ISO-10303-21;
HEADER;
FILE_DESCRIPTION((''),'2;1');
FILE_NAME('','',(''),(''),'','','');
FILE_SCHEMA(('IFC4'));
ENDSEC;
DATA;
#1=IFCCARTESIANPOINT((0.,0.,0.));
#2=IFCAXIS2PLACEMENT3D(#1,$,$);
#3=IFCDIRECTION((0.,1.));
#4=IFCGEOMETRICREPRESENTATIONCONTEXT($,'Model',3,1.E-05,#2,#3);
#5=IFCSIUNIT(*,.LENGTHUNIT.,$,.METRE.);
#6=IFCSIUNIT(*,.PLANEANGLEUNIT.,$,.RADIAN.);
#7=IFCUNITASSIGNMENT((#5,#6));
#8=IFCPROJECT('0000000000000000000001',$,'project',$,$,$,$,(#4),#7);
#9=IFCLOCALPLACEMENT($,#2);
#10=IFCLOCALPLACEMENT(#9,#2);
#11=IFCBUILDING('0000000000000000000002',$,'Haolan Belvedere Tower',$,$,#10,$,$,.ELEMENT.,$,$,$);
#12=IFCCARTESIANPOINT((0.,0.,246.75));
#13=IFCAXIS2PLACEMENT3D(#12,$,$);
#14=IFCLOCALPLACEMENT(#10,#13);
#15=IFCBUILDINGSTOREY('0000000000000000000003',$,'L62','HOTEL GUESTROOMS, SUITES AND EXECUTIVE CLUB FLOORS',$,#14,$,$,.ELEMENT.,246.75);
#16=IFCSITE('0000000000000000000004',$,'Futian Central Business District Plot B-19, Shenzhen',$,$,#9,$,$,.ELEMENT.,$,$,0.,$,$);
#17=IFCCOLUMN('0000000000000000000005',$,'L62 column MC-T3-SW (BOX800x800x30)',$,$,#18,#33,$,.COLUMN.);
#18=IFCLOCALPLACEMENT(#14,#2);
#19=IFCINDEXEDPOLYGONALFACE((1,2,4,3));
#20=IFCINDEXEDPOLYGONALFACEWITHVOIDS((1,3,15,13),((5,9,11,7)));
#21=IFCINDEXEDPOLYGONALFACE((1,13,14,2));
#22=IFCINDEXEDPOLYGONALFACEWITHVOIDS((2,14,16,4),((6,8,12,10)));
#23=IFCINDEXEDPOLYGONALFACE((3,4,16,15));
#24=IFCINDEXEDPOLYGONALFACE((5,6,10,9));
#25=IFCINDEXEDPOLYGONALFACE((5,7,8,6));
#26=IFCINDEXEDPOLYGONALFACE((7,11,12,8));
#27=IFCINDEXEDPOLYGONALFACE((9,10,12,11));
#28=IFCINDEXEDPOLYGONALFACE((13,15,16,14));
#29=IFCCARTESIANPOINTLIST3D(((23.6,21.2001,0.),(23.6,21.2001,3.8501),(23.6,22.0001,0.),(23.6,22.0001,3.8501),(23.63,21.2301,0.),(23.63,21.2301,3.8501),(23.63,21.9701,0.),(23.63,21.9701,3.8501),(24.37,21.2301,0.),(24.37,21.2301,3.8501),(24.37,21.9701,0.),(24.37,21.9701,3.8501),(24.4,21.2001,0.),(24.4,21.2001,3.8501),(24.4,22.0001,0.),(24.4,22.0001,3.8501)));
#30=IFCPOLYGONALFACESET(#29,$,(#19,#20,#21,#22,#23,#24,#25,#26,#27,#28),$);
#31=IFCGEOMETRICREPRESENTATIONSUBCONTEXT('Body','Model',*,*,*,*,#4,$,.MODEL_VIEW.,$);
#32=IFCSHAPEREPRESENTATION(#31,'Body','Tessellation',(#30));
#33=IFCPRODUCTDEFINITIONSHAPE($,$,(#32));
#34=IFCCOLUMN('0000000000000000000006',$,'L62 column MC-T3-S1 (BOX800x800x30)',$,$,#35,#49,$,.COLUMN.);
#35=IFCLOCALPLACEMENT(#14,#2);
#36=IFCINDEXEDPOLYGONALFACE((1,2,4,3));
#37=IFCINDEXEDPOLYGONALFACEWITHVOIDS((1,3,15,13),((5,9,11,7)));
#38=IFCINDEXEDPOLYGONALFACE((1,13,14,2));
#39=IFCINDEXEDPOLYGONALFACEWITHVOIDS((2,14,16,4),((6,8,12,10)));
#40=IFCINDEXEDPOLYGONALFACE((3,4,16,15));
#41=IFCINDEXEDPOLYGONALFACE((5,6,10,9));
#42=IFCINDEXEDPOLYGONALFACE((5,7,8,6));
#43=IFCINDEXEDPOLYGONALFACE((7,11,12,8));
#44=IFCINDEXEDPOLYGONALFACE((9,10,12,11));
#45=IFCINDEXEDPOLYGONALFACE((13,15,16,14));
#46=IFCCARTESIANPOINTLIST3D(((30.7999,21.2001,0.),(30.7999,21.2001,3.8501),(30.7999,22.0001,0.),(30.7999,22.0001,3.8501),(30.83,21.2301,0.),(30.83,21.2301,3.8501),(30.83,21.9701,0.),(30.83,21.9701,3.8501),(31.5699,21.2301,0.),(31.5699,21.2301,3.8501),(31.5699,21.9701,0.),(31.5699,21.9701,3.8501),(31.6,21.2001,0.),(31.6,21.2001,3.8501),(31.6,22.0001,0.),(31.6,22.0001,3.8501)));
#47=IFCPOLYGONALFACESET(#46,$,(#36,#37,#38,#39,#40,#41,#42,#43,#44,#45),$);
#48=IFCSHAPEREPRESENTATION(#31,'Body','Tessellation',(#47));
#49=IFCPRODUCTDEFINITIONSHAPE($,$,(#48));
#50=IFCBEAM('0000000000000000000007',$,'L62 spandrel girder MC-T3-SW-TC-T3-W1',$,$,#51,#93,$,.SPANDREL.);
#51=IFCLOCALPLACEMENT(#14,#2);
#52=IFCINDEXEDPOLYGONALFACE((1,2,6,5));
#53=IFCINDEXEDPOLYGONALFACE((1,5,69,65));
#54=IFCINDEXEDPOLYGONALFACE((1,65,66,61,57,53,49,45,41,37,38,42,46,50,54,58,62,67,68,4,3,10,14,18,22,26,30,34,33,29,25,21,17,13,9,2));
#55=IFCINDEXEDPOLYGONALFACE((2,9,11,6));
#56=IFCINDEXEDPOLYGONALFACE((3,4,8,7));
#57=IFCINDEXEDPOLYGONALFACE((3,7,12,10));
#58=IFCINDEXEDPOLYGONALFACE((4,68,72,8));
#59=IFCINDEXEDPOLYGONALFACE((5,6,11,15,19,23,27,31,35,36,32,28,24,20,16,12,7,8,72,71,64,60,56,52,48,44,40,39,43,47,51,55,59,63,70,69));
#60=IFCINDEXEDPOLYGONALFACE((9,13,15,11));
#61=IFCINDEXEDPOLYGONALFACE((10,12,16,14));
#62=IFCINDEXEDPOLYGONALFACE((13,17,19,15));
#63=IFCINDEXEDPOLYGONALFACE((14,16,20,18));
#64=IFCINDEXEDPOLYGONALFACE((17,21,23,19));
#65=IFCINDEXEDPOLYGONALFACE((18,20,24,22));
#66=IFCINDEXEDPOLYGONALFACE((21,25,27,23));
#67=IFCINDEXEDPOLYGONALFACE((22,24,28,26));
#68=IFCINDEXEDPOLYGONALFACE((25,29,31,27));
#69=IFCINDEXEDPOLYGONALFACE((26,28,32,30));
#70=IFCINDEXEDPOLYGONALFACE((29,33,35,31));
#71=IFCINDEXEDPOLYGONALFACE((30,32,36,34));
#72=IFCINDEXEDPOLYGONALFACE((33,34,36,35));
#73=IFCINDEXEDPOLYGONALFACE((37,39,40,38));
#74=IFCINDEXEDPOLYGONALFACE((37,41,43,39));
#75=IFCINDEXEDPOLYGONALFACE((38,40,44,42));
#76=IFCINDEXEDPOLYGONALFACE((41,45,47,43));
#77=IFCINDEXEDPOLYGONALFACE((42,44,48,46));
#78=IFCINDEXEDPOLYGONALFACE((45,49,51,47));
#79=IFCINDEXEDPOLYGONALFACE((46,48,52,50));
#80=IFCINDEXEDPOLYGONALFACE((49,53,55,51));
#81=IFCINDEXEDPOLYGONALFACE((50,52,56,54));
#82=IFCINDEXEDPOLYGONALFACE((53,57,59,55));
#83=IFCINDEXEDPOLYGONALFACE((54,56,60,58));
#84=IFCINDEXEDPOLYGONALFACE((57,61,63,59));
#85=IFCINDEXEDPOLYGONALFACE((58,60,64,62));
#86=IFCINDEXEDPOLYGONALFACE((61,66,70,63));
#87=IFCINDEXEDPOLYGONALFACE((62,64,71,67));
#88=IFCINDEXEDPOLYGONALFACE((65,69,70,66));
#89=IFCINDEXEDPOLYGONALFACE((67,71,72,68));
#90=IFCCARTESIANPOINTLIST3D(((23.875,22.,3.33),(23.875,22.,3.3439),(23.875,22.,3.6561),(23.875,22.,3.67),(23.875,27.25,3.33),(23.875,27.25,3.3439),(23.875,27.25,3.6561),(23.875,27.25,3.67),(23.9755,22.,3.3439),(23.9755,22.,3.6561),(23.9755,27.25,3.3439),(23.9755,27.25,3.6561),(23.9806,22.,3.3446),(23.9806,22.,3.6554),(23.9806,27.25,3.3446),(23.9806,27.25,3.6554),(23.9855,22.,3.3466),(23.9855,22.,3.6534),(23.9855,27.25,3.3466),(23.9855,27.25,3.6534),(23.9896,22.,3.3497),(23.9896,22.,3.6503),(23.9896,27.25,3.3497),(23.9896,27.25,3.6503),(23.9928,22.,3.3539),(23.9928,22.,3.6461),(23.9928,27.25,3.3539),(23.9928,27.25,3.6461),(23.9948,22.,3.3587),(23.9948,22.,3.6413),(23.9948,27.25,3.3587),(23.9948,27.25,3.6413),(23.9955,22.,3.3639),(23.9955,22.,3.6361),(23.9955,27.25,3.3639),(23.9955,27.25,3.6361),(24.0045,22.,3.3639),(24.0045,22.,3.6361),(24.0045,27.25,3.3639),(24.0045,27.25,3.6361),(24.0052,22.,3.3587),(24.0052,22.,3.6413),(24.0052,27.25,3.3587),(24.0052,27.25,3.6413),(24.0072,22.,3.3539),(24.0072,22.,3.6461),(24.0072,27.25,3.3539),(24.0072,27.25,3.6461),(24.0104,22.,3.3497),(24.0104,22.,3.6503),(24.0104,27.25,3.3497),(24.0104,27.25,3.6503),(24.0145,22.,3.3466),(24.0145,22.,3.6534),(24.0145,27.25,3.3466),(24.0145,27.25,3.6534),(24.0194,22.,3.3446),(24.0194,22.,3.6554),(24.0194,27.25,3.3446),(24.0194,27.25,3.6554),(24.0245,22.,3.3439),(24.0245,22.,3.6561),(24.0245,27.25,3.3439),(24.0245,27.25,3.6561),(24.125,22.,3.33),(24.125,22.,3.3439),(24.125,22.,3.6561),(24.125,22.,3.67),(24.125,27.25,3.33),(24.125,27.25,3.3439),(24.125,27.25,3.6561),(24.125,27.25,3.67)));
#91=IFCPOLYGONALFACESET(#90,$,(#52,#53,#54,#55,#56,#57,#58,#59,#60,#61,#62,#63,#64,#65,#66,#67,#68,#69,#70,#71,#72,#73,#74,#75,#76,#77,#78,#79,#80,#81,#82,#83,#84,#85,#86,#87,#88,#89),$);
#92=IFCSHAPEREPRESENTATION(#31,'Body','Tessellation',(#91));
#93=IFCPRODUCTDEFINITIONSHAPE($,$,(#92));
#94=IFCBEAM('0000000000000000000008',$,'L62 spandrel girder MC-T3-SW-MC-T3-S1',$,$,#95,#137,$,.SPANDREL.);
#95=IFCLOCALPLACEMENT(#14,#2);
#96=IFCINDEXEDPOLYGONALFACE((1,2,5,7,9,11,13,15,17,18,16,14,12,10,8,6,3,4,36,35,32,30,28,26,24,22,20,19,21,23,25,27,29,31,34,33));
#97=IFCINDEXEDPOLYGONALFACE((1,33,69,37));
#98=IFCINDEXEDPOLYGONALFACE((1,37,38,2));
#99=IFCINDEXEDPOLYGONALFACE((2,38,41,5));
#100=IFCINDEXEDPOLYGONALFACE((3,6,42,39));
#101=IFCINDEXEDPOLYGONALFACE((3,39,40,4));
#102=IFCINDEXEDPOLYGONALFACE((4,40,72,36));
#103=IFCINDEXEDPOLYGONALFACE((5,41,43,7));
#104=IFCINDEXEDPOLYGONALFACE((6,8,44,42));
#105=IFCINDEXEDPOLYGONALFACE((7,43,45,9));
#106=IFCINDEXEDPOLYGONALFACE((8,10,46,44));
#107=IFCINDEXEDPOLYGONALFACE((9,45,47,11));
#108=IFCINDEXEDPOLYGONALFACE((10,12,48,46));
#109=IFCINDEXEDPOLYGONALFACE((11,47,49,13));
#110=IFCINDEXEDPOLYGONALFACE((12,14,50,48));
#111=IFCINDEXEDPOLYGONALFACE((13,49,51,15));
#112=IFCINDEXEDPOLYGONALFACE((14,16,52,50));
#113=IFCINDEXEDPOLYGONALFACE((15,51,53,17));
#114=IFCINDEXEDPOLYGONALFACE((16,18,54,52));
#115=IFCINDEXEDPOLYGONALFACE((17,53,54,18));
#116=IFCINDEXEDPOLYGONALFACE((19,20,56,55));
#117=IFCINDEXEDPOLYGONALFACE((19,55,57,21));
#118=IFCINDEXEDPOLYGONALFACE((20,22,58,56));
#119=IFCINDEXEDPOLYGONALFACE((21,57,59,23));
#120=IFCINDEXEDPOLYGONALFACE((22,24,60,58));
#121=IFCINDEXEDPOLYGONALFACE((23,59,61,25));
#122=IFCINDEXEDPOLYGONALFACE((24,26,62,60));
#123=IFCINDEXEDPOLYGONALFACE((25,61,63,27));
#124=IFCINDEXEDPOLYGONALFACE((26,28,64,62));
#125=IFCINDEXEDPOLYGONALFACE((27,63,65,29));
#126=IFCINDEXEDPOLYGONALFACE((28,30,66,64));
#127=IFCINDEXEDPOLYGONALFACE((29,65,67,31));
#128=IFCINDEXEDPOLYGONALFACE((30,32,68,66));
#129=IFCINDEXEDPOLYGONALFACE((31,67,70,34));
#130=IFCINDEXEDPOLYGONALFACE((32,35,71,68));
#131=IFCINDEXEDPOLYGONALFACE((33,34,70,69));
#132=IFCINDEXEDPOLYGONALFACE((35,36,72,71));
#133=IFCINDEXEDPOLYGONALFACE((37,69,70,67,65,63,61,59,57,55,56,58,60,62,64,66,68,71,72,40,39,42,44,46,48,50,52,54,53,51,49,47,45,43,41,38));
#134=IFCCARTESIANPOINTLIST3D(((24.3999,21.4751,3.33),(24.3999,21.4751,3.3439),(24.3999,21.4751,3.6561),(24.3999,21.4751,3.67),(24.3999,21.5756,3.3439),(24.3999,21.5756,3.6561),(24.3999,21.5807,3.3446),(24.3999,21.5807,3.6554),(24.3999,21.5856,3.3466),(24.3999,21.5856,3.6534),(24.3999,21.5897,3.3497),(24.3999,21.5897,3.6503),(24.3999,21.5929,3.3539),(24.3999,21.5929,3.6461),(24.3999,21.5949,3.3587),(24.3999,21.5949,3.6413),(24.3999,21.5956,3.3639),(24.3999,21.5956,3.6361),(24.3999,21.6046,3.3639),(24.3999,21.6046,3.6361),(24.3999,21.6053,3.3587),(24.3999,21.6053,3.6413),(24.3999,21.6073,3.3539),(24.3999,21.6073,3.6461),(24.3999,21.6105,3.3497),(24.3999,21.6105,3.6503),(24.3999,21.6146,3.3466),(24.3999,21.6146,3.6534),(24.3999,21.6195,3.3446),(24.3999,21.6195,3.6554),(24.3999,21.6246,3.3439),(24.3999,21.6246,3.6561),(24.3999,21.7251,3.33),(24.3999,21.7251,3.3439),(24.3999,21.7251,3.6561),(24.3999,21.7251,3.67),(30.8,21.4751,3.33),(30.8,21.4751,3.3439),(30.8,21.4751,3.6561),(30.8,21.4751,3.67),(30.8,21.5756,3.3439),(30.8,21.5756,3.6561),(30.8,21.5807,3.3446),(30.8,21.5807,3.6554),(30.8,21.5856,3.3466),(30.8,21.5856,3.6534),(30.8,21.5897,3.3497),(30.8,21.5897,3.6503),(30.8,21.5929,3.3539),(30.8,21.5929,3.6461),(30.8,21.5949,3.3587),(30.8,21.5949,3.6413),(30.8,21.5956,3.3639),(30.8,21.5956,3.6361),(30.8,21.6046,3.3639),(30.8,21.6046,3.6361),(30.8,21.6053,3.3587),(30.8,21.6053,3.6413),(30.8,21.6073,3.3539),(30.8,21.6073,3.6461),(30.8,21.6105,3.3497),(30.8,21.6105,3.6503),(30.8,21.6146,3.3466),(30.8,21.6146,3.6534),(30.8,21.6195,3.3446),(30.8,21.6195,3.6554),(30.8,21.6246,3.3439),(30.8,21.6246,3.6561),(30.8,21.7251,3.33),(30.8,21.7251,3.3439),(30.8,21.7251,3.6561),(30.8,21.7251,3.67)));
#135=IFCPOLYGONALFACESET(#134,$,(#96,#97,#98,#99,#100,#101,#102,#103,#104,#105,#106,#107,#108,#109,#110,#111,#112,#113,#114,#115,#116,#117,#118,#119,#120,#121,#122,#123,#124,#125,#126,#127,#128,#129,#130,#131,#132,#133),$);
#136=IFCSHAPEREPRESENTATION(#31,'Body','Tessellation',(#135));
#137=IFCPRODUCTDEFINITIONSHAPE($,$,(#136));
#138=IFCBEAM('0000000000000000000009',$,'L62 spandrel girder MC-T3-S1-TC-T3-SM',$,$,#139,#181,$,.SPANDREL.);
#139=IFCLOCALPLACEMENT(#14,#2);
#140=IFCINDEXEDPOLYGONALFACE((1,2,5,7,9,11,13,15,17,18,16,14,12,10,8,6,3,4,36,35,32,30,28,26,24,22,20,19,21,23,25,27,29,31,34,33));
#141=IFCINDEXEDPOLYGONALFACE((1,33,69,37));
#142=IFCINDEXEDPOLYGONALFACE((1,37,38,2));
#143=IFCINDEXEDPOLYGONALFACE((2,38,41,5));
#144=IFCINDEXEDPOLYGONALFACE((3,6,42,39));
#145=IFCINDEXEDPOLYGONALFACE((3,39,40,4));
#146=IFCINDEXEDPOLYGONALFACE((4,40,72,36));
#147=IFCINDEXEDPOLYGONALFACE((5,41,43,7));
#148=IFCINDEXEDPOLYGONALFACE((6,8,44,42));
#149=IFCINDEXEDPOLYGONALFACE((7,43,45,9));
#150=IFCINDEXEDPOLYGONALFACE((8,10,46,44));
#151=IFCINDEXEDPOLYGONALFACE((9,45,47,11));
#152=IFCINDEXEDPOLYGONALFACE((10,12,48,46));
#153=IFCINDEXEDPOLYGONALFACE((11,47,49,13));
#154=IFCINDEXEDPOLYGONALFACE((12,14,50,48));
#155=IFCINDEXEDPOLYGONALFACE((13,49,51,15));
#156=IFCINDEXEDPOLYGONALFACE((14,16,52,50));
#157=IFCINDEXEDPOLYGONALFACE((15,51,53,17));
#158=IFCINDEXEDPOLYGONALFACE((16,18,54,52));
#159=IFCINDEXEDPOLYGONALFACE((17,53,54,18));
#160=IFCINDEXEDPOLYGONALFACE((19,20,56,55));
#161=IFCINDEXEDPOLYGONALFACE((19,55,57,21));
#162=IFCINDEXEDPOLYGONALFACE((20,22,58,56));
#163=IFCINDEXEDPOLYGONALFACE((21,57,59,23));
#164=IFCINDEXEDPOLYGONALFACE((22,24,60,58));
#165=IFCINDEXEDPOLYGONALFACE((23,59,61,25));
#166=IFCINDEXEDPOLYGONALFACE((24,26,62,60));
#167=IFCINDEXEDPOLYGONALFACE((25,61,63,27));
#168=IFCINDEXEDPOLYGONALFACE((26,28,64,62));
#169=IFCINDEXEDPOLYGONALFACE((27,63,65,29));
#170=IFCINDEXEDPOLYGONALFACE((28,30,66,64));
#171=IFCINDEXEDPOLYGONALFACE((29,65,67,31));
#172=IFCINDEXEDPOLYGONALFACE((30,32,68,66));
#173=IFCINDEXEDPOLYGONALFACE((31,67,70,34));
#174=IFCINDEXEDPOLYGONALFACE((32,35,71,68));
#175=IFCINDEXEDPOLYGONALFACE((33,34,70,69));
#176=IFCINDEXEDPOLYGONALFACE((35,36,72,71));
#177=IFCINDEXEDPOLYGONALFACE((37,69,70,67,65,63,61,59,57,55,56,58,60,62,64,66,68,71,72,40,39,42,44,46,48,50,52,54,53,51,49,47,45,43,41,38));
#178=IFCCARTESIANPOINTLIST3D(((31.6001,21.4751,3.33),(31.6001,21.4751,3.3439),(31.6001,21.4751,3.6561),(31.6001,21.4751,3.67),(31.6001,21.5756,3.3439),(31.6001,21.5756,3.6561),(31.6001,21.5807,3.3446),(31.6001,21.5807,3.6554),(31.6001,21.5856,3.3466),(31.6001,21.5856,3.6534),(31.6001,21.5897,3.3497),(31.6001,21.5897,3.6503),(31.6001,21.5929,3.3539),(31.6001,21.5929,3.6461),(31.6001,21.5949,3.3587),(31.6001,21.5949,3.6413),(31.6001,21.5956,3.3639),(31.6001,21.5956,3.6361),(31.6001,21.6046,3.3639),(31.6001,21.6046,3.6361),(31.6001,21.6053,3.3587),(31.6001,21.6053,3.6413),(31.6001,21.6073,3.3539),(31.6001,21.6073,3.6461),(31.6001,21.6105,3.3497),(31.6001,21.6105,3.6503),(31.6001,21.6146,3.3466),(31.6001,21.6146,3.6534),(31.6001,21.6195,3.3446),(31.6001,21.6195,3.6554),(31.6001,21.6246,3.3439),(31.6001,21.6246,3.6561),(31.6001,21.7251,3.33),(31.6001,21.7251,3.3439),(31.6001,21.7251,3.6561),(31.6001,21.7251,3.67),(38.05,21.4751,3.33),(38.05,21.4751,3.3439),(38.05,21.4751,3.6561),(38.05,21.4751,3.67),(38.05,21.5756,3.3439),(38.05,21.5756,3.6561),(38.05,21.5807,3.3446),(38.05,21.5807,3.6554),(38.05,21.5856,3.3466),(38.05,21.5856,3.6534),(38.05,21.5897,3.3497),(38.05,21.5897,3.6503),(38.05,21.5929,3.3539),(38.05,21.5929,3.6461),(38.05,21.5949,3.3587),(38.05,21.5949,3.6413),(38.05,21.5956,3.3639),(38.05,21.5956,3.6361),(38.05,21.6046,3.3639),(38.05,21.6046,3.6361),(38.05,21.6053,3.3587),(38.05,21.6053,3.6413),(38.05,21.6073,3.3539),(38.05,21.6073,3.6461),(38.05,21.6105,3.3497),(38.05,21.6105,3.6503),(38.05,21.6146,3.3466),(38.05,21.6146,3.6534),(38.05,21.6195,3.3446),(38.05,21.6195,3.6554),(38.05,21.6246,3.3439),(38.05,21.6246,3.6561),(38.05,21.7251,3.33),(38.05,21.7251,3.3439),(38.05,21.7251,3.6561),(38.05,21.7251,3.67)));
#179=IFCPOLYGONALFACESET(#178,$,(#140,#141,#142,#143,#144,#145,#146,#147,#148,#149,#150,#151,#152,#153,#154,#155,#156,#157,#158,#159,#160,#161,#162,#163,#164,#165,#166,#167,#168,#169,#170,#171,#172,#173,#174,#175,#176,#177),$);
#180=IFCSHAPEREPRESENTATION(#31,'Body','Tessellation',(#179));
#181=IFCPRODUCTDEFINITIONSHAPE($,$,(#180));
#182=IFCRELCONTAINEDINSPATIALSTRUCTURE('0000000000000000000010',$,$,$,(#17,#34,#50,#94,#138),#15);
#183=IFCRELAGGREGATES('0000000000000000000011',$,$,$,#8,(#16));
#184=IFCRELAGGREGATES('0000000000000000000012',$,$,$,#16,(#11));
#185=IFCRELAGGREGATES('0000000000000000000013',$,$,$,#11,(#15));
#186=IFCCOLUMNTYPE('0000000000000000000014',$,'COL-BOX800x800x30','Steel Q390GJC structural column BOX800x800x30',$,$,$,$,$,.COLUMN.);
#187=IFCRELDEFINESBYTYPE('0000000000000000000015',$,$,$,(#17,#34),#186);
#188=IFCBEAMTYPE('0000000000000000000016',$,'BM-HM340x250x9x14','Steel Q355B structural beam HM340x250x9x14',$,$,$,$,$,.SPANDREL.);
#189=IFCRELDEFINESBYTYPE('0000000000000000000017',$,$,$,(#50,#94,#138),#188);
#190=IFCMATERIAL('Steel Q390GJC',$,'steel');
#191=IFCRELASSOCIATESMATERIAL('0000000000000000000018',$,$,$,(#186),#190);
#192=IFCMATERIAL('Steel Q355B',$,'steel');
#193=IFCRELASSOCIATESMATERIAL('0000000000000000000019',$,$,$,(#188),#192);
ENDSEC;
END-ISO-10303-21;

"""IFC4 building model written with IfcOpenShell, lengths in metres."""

from ifc_helpers import new_model, si_unit, direction, frame, origin, origin_2d, place, context, subcontext, project, spatial, hollow_rectangle, i_section, extrude, material, material_profile, profile_set, type_object, element, save


model = new_model("IFC4")

# Units and contexts
model_context = context("Model", 3, precision=1e-05, world=origin(), true_north=direction((0.0, 1.0)))
body_context = subcontext(model_context, "Body", "Model", "MODEL_VIEW")
ifc_project = project(units=[si_unit("LENGTHUNIT", "METRE"), si_unit("PLANEANGLEUNIT", "RADIAN")], contexts=[model_context])

# Site, building, storey
site_placement = place(None, origin())
site = spatial("IfcSite", under=ifc_project, at=site_placement, Name="Futian Central Business District Plot B-19, Shenzhen", CompositionType="ELEMENT", RefElevation=0.0)
building_placement = place(site_placement, origin())
building = spatial("IfcBuilding", under=site, at=building_placement, Name="Haolan Belvedere Tower", CompositionType="ELEMENT")
storey_placement = place(building_placement, frame((0.0, 0.0, 246.75)))
storey = spatial("IfcBuildingStorey", under=building, at=storey_placement, Name="L62", Description="HOTEL GUESTROOMS, SUITES AND EXECUTIVE CLUB FLOORS", CompositionType="ELEMENT", Elevation=246.75)

# Columns
ifc_material_1 = material(Name="Steel Q390GJC", Category="steel")
ifc_material_profile_1 = material_profile(ifc_material_1, hollow_rectangle(XDim=0.8, YDim=0.8, WallThickness=0.03, at=origin_2d()), Name="Steel Q390GJC")
ifc_profile_set_1 = profile_set([ifc_material_profile_1], Name="Steel Q390GJC")
column_type = type_object("IfcColumnType", Name="COL-BOX800x800x30", Description="Steel Q390GJC structural column BOX800x800x30", PredefinedType="COLUMN", material=ifc_profile_set_1)
for number, where, z_axis, x_axis, name in (
    (1, (24.0, 21.6001, 0.0), (0.0, 0.0, 1.0), (1.0, 0.0, 0.0), "L62 column MC-T3-SW (BOX800x800x30)"),
    (2, (31.2, 21.6001, 0.0), (0.0, 0.0, 1.0), (1.0, 0.0, 0.0), "L62 column MC-T3-S1 (BOX800x800x30)"),
):
    element("IfcColumn", number, at=place(storey_placement, frame(where, z_axis=z_axis, x_axis=x_axis)), inside=storey, type_object=column_type, Name=name, PredefinedType="COLUMN", context=body_context, shape_type="SweptSolid", body=[
        extrude(hollow_rectangle(XDim=0.8, YDim=0.8, WallThickness=0.03, at=origin_2d()), origin(), (0.0, 0.0, 1.0), 3.8501),
    ])

# Beams
ifc_material_2 = material(Name="Steel Q355B", Category="steel")
ifc_material_profile_2 = material_profile(ifc_material_2, i_section(OverallWidth=0.25, OverallDepth=0.3401, WebThickness=0.009, FlangeThickness=0.0139, FilletRadius=0.02, at=origin_2d()), Name="Steel Q355B")
ifc_profile_set_2 = profile_set([ifc_material_profile_2], Name="Steel Q355B")
beam_type_1 = type_object("IfcBeamType", Name="BM-HM340x250x9x14", Description="Steel Q355B structural beam HM340x250x9x14", PredefinedType="SPANDREL", material=ifc_profile_set_2)
beam_1_placement = place(storey_placement, frame((24.0, 22.0, 3.5), z_axis=(0.0, 1.0, 0.0), x_axis=(-1.0, 0.0, 0.0)))
element("IfcBeam", 3, at=beam_1_placement, inside=storey, type_object=beam_type_1, Name="L62 spandrel girder MC-T3-SW-TC-T3-W1", PredefinedType="SPANDREL", context=body_context, shape_type="SweptSolid", body=[
    extrude(i_section(OverallWidth=0.25, OverallDepth=0.3401, WebThickness=0.009, FlangeThickness=0.0139, FilletRadius=0.02, at=origin_2d()), origin(), (0.0, 0.0, 1.0), 5.25),
])
beam_2_placement = place(storey_placement, frame((24.3999, 21.6001, 3.5), z_axis=(1.0, 0.0, 0.0), x_axis=(0.0, 1.0, 0.0)))
element("IfcBeam", 4, at=beam_2_placement, inside=storey, type_object=beam_type_1, Name="L62 spandrel girder MC-T3-SW-MC-T3-S1", PredefinedType="SPANDREL", context=body_context, shape_type="SweptSolid", body=[
    extrude(i_section(OverallWidth=0.25, OverallDepth=0.3401, WebThickness=0.009, FlangeThickness=0.0139, FilletRadius=0.02, at=origin_2d()), origin(), (0.0, 0.0, 1.0), 6.4001),
])
beam_3_placement = place(storey_placement, frame((31.6001, 21.6001, 3.5), z_axis=(1.0, 0.0, 0.0), x_axis=(0.0, 1.0, 0.0)))
element("IfcBeam", 5, at=beam_3_placement, inside=storey, type_object=beam_type_1, Name="L62 spandrel girder MC-T3-S1-TC-T3-SM", PredefinedType="SPANDREL", context=body_context, shape_type="SweptSolid", body=[
    extrude(i_section(OverallWidth=0.25, OverallDepth=0.3401, WebThickness=0.009, FlangeThickness=0.0139, FilletRadius=0.02, at=origin_2d()), origin(), (0.0, 0.0, 1.0), 6.45),
])

save(model, "model.ifc")
